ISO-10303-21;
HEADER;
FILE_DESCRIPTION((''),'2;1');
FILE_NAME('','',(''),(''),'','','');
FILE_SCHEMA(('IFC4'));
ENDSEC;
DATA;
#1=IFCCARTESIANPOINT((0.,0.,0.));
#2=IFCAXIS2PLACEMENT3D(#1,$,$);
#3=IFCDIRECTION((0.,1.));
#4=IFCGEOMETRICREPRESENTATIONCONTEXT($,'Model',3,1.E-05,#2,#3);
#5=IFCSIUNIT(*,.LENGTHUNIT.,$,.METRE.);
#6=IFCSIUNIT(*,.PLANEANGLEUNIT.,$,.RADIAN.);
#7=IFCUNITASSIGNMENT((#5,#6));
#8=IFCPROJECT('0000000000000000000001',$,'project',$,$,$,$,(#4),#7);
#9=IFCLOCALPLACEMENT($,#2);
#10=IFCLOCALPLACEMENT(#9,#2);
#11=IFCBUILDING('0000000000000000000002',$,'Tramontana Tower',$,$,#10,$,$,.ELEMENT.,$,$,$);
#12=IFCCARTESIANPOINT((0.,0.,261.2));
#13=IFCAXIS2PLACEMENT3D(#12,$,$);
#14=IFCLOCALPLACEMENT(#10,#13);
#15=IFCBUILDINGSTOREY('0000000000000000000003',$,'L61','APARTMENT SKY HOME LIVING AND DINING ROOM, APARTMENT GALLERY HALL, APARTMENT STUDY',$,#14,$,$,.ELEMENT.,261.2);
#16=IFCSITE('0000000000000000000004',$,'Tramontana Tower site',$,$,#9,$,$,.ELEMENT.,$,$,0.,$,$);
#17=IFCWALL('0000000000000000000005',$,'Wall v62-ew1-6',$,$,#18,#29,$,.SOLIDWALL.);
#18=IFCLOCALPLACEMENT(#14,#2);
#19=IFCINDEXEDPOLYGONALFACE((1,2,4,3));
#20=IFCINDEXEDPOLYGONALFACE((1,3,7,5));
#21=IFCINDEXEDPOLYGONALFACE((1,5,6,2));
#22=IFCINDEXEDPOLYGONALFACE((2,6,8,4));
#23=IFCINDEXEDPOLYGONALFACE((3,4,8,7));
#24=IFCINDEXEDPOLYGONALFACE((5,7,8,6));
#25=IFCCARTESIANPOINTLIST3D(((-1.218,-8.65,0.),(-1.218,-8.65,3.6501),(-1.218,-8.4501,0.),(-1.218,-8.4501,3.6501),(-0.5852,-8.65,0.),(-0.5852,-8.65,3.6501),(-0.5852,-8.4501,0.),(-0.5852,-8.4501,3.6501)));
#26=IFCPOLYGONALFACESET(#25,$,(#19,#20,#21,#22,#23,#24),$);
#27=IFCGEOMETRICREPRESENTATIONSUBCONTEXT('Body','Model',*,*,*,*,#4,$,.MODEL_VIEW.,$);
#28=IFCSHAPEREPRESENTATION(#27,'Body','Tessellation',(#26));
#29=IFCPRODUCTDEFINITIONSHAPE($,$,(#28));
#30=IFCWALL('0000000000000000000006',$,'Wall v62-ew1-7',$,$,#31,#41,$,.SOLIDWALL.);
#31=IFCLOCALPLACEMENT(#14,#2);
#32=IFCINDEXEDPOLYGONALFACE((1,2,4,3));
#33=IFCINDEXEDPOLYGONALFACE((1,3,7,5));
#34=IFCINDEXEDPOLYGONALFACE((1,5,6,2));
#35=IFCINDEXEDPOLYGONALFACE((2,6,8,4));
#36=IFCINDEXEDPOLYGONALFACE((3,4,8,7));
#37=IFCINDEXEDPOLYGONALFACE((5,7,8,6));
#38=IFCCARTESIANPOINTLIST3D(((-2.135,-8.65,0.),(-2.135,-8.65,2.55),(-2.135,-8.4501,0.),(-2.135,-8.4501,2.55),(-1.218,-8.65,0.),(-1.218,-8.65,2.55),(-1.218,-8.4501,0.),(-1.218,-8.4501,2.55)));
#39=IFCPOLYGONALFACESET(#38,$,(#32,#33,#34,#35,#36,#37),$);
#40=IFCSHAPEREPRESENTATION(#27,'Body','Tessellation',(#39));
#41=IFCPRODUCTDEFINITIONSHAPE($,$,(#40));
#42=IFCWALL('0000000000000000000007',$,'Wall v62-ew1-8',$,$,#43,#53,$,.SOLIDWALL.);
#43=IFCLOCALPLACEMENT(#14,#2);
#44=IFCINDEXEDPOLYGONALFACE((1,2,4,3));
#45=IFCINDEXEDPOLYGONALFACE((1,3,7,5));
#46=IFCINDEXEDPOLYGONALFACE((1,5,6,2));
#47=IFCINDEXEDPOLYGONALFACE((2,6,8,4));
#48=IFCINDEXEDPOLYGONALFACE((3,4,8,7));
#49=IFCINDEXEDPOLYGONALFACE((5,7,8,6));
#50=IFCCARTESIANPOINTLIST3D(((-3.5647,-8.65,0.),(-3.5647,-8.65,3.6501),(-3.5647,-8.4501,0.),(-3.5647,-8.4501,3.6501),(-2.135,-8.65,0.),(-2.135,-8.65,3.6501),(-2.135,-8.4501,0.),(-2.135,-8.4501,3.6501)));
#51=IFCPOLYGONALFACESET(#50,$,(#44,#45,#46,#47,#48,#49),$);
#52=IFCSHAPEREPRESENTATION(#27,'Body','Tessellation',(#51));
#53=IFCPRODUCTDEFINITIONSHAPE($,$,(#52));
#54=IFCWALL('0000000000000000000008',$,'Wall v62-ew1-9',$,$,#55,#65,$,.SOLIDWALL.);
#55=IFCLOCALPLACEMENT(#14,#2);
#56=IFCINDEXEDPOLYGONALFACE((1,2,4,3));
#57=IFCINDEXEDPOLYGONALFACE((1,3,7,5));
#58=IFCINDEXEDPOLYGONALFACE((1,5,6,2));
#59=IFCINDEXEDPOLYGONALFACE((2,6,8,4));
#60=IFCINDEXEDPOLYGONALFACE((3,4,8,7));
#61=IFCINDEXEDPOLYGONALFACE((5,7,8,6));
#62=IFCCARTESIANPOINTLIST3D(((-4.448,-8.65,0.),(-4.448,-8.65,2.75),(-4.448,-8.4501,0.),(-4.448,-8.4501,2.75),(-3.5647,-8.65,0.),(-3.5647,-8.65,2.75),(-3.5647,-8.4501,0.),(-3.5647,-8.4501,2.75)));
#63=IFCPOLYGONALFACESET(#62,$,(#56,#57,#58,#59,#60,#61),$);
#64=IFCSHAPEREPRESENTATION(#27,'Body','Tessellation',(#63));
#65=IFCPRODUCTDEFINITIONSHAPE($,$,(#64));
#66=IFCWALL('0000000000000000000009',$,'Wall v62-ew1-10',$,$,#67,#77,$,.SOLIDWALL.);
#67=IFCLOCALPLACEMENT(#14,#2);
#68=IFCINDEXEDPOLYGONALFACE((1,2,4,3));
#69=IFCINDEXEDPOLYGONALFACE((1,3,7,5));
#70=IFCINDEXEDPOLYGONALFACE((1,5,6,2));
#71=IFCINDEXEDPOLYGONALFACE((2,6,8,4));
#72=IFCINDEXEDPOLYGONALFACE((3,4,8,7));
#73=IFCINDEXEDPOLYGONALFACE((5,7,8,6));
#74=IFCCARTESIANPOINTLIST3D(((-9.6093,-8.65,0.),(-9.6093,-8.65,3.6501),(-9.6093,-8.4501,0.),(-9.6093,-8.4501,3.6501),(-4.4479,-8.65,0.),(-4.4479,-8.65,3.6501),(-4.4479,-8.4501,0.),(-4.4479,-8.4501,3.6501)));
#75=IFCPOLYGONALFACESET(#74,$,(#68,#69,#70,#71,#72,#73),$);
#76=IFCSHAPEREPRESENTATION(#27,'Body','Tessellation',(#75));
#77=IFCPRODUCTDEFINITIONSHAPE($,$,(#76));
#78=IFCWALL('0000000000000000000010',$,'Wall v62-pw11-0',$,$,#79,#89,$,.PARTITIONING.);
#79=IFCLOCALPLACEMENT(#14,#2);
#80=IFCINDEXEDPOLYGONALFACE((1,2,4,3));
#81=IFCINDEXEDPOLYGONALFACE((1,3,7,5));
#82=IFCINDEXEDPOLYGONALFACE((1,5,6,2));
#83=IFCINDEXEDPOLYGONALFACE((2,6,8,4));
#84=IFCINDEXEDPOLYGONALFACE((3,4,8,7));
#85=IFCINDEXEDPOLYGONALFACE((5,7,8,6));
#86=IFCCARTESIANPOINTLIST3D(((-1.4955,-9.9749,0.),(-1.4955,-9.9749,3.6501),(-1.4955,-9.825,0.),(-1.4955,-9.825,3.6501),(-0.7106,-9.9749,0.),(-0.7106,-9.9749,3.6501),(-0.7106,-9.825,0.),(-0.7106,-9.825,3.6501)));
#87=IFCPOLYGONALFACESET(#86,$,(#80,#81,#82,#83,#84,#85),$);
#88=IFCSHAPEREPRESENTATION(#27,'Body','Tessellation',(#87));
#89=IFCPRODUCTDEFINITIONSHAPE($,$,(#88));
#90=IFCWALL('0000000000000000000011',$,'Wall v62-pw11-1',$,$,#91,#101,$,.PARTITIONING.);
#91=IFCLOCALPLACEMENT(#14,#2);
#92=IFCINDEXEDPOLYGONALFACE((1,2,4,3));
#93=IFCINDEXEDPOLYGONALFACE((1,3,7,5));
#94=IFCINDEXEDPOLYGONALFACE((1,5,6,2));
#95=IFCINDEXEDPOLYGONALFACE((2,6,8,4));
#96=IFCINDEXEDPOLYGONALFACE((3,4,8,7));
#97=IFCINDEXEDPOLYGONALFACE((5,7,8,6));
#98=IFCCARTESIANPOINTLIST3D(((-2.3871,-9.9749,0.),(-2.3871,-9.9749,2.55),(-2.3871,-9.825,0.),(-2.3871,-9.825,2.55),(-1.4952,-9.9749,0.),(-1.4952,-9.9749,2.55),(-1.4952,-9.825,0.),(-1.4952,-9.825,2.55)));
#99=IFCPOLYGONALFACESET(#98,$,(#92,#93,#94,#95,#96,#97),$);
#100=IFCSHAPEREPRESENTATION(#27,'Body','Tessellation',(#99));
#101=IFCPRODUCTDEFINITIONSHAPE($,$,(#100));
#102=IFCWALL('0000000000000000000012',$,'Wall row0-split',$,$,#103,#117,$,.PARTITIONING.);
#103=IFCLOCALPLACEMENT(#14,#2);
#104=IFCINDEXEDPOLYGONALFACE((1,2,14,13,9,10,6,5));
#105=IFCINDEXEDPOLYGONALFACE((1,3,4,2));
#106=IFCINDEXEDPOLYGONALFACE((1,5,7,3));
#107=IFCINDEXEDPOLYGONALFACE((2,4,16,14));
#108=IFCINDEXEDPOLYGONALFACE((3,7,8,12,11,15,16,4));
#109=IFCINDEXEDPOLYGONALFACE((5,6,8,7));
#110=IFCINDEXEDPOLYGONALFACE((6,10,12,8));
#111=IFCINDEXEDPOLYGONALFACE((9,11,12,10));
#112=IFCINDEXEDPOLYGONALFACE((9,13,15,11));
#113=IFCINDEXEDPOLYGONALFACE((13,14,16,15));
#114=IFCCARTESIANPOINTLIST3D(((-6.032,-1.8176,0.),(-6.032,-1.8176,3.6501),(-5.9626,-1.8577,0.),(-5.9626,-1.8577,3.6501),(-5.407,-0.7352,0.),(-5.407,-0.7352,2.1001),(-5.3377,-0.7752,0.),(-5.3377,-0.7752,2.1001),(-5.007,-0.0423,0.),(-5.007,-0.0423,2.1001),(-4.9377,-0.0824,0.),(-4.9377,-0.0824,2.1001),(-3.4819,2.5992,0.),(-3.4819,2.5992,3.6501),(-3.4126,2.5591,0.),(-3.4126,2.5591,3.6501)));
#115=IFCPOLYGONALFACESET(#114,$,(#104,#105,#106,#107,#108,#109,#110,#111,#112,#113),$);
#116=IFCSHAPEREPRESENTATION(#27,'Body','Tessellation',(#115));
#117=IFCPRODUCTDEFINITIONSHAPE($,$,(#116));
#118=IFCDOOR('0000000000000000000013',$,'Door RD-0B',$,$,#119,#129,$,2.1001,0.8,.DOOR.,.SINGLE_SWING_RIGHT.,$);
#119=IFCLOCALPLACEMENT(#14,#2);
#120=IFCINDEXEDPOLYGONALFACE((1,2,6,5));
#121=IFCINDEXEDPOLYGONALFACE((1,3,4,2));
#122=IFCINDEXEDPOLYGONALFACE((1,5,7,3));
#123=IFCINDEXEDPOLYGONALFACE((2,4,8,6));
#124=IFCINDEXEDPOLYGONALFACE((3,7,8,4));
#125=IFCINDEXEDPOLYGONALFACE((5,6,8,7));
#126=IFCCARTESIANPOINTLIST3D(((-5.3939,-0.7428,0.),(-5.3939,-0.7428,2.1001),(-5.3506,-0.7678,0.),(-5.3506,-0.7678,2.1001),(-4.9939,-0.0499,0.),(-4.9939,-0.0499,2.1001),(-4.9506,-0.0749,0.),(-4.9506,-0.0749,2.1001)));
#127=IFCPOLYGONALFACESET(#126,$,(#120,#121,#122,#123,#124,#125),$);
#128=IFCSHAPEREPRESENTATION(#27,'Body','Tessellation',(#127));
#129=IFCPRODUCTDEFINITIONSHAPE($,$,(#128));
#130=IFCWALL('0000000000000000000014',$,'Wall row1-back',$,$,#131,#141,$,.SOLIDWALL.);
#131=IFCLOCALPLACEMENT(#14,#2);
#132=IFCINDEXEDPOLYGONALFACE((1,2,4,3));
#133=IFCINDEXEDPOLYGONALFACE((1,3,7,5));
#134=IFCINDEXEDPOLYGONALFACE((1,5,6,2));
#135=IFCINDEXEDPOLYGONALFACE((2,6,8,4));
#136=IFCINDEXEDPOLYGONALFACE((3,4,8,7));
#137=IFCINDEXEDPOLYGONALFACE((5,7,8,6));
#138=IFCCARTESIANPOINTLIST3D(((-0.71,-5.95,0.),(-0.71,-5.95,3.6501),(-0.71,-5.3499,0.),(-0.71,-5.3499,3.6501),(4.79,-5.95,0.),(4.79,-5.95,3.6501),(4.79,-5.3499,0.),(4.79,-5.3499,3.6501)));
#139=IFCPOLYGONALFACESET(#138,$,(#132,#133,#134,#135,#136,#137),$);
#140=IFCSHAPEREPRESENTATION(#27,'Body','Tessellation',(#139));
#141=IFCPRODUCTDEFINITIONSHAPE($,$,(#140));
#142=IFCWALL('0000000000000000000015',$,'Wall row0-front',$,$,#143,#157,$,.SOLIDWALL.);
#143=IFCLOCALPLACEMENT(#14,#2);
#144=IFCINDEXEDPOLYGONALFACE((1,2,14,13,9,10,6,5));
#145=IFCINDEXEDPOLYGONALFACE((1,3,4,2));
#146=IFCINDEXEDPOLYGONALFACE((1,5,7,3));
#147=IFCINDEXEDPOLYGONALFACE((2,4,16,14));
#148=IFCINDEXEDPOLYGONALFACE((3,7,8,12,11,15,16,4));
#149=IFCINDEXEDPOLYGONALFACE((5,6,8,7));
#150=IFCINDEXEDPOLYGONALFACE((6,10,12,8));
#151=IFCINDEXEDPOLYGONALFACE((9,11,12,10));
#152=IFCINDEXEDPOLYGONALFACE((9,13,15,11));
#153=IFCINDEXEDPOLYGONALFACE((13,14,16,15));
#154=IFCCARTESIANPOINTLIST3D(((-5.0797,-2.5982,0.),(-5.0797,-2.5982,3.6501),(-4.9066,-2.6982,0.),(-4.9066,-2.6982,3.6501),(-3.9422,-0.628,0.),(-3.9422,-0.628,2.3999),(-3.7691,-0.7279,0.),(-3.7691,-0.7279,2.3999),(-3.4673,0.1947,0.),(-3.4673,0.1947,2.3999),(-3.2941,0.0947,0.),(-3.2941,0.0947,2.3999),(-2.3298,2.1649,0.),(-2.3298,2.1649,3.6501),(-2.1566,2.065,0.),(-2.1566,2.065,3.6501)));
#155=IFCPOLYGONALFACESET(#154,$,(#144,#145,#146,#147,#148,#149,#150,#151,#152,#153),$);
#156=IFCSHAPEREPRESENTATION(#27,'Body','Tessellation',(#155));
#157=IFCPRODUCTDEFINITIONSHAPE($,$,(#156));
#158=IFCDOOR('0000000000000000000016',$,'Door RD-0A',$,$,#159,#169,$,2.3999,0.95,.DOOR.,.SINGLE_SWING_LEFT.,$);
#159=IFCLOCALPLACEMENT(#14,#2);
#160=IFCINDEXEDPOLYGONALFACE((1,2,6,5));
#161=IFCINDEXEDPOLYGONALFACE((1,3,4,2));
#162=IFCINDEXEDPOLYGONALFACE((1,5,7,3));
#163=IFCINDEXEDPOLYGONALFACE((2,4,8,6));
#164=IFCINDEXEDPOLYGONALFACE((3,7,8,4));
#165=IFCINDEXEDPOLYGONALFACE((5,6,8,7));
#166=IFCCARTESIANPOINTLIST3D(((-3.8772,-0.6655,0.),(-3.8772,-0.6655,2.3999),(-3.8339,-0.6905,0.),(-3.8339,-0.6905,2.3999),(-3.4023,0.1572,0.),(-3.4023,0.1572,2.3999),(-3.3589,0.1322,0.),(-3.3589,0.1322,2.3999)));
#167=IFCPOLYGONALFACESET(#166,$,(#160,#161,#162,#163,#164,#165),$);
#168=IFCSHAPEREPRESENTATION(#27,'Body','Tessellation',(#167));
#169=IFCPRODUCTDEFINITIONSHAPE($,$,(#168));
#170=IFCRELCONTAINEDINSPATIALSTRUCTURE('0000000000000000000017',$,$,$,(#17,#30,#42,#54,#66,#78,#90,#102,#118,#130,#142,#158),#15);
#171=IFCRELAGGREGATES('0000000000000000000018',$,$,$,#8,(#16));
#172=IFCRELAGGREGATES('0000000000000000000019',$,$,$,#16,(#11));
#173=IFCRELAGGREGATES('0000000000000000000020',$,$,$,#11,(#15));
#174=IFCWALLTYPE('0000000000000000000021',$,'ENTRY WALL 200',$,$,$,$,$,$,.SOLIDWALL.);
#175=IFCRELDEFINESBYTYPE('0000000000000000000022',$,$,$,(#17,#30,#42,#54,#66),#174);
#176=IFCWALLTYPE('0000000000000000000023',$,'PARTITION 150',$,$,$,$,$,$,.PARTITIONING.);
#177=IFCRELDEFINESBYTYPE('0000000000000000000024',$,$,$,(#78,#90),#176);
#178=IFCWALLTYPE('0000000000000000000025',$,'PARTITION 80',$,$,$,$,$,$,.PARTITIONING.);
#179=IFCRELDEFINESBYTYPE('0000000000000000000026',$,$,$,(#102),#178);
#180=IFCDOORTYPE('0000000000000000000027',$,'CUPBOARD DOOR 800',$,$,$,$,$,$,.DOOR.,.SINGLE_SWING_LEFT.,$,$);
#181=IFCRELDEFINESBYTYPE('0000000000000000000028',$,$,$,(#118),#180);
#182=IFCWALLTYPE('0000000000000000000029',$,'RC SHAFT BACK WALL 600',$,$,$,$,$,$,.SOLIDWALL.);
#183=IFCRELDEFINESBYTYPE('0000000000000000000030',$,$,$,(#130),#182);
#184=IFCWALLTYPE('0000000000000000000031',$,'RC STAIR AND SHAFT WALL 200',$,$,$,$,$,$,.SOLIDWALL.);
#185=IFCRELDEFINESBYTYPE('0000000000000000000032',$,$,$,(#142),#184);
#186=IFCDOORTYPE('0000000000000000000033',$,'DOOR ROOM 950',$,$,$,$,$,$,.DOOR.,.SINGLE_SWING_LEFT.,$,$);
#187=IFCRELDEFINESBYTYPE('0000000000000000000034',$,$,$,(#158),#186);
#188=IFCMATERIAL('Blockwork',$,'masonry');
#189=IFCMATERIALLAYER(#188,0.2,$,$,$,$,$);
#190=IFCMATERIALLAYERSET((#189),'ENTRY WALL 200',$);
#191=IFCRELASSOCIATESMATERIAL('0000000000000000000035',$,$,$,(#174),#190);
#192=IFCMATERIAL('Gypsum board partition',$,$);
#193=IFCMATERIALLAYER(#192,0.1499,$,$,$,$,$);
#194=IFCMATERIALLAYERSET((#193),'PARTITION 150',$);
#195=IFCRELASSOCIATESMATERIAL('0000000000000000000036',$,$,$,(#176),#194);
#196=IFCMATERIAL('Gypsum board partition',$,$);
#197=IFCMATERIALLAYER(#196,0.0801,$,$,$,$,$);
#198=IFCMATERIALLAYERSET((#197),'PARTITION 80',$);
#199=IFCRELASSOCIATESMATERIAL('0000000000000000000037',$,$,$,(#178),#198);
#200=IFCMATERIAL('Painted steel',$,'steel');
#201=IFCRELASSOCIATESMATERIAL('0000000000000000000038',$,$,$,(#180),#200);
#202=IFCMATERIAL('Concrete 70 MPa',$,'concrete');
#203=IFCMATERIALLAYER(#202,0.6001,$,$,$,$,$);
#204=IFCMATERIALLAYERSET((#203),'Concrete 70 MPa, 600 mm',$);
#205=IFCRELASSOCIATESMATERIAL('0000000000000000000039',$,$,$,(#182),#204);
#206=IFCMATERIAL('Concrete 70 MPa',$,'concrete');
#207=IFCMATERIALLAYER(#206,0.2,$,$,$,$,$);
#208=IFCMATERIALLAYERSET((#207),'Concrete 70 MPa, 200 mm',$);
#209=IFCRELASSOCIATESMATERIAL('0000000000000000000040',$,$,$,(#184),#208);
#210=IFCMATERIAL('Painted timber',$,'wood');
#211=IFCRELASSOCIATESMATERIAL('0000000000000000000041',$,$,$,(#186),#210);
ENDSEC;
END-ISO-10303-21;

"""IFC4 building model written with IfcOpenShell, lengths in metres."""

from ifc_helpers import new_model, si_unit, direction, frame, frame_2d, origin, place, context, subcontext, project, spatial, rectangle, extrude, material, layer, layer_set, type_object, element, fill, save


model = new_model("IFC4")

# Units and contexts
model_context = context("Model", 3, precision=1e-05, world=origin(), true_north=direction((0.0, 1.0)))
body_context = subcontext(model_context, "Body", "Model", "MODEL_VIEW")
ifc_project = project(units=[si_unit("LENGTHUNIT", "METRE"), si_unit("PLANEANGLEUNIT", "RADIAN")], contexts=[model_context])

# Site, building, storey
site_placement = place(None, origin())
site = spatial("IfcSite", under=ifc_project, at=site_placement, Name="Tramontana Tower site", CompositionType="ELEMENT", RefElevation=0.0)
building_placement = place(site_placement, origin())
building = spatial("IfcBuilding", under=site, at=building_placement, Name="Tramontana Tower", CompositionType="ELEMENT")
storey_placement = place(building_placement, frame((0.0, 0.0, 261.2)))
storey = spatial("IfcBuildingStorey", under=building, at=storey_placement, Name="L61", Description="APARTMENT SKY HOME LIVING AND DINING ROOM, APARTMENT GALLERY HALL, APARTMENT STUDY", CompositionType="ELEMENT", Elevation=261.2)

# Shared definitions
ifc_material_1 = material(Name="Blockwork", Category="masonry")
ifc_layer_1 = layer(ifc_material_1, 0.2)
ifc_layer_set_1 = layer_set([ifc_layer_1], Name="ENTRY WALL 200")
wall_type_1 = type_object("IfcWallType", Name="ENTRY WALL 200", PredefinedType="SOLIDWALL", material=ifc_layer_set_1)

# Walls
wall_1_placement = place(storey_placement, frame((-0.5852, -8.55, 0.0), z_axis=(0.0, 0.0, 1.0), x_axis=(-1.0, 0.0, 0.0)))
element("IfcWall", 1, at=wall_1_placement, inside=storey, type_object=wall_type_1, Name="Wall v62-ew1-6", PredefinedType="SOLIDWALL", context=body_context, shape_type="SweptSolid", body=[
    extrude(rectangle(XDim=0.6328, YDim=0.2, at=frame_2d((0.3164, 0.0))), origin(), (0.0, 0.0, 1.0), 3.6501),
])
wall_2_placement = place(storey_placement, frame((-1.218, -8.55, 0.0), z_axis=(0.0, 0.0, 1.0), x_axis=(-1.0, 0.0, 0.0)))
element("IfcWall", 2, at=wall_2_placement, inside=storey, type_object=wall_type_1, Name="Wall v62-ew1-7", PredefinedType="SOLIDWALL", context=body_context, shape_type="SweptSolid", body=[
    extrude(rectangle(XDim=0.917, YDim=0.2, at=frame_2d((0.4585, 0.0))), origin(), (0.0, 0.0, 1.0), 2.55),
])
wall_3_placement = place(storey_placement, frame((-2.135, -8.55, 0.0), z_axis=(0.0, 0.0, 1.0), x_axis=(-1.0, 0.0, 0.0)))
element("IfcWall", 3, at=wall_3_placement, inside=storey, type_object=wall_type_1, Name="Wall v62-ew1-8", PredefinedType="SOLIDWALL", context=body_context, shape_type="SweptSolid", body=[
    extrude(rectangle(XDim=1.4297, YDim=0.2, at=frame_2d((0.7148, 0.0))), origin(), (0.0, 0.0, 1.0), 3.6501),
])
wall_4_placement = place(storey_placement, frame((-3.5647, -8.55, 0.0), z_axis=(0.0, 0.0, 1.0), x_axis=(-1.0, 0.0, 0.0)))
element("IfcWall", 4, at=wall_4_placement, inside=storey, type_object=wall_type_1, Name="Wall v62-ew1-9", PredefinedType="SOLIDWALL", context=body_context, shape_type="SweptSolid", body=[
    extrude(rectangle(XDim=0.8833, YDim=0.2, at=frame_2d((0.4417, 0.0))), origin(), (0.0, 0.0, 1.0), 2.75),
])
wall_5_placement = place(storey_placement, frame((-4.448, -8.55, 0.0), z_axis=(0.0, 0.0, 1.0), x_axis=(-1.0, 0.0, 0.0)))
element("IfcWall", 5, at=wall_5_placement, inside=storey, type_object=wall_type_1, Name="Wall v62-ew1-10", PredefinedType="SOLIDWALL", context=body_context, shape_type="SweptSolid", body=[
    extrude(rectangle(XDim=5.1614, YDim=0.2, at=frame_2d((2.5806, 0.0))), origin(), (0.0, 0.0, 1.0), 3.6501),
])
ifc_material_2 = material(Name="Gypsum board partition")
ifc_layer_2 = layer(ifc_material_2, 0.1499)
ifc_layer_set_2 = layer_set([ifc_layer_2], Name="PARTITION 150")
wall_type_2 = type_object("IfcWallType", Name="PARTITION 150", PredefinedType="PARTITIONING", material=ifc_layer_set_2)
wall_6_placement = place(storey_placement, frame((-0.7104, -9.8999, 0.0), z_axis=(0.0, 0.0, 1.0), x_axis=(-1.0, 0.0, 0.0)))
element("IfcWall", 6, at=wall_6_placement, inside=storey, type_object=wall_type_2, Name="Wall v62-pw11-0", PredefinedType="PARTITIONING", context=body_context, shape_type="SweptSolid", body=[
    extrude(rectangle(XDim=0.7849, YDim=0.1499, at=frame_2d((0.3926, 0.0))), origin(), (0.0, 0.0, 1.0), 3.6501),
])
wall_7_placement = place(storey_placement, frame((-1.4954, -9.8999, 0.0), z_axis=(0.0, 0.0, 1.0), x_axis=(-1.0, 0.0, 0.0)))
element("IfcWall", 7, at=wall_7_placement, inside=storey, type_object=wall_type_2, Name="Wall v62-pw11-1", PredefinedType="PARTITIONING", context=body_context, shape_type="SweptSolid", body=[
    extrude(rectangle(XDim=0.8918, YDim=0.1499, at=frame_2d((0.4458, 0.0))), origin(), (0.0, 0.0, 1.0), 2.55),
])

# Wall, opening, door
ifc_material_3 = material(Name="Gypsum board partition")
ifc_layer_3 = layer(ifc_material_3, 0.0801)
ifc_layer_set_3 = layer_set([ifc_layer_3], Name="PARTITION 80")
wall_type_3 = type_object("IfcWallType", Name="PARTITION 80", PredefinedType="PARTITIONING", material=ifc_layer_set_3)
wall_8_placement = place(storey_placement, frame((-5.9973, -1.8376, 0.0), z_axis=(0.0, 0.0, 1.0), x_axis=(0.500006, 0.866022, 0.0)))
wall_8 = element("IfcWall", 8, at=wall_8_placement, inside=storey, type_object=wall_type_3, Name="Wall row0-split", PredefinedType="PARTITIONING", context=body_context, shape_type="SweptSolid", body=[
    extrude(rectangle(XDim=5.1001, YDim=0.0801, at=frame_2d((2.55, 0.0))), origin(), (0.0, 0.0, 1.0), 3.6501),
])
opening_1_placement = place(wall_8_placement, frame((1.25, 0.0, 0.0)))
opening_1 = element("IfcOpeningElement", 9, at=opening_1_placement, cuts=wall_8, PredefinedType="OPENING", context=body_context, shape_type="SweptSolid", body=[
    extrude(rectangle(XDim=0.8, YDim=2.1001, at=frame_2d((0.3999, 1.05))), frame((0.0, 0.05, 0.0), z_axis=(0.0, -1.0, 0.0), x_axis=(1.0, 0.0, 0.0)), (0.0, 0.0, 1.0), 0.1001),
])
ifc_material_4 = material(Name="Painted steel", Category="steel")
door_type_1 = type_object("IfcDoorType", Name="CUPBOARD DOOR 800", OperationType="SINGLE_SWING_LEFT", PredefinedType="DOOR", material=ifc_material_4)
door_1_placement = place(opening_1_placement, origin())
door_1 = element("IfcDoor", 10, at=door_1_placement, inside=storey, type_object=door_type_1, Name="Door RD-0B", OperationType="SINGLE_SWING_RIGHT", OverallHeight=2.1001, OverallWidth=0.8, PredefinedType="DOOR", context=body_context, shape_type="SweptSolid", body=[
    extrude(rectangle(XDim=0.8, YDim=2.1001, at=frame_2d((0.3999, 1.05))), frame((0.0, 0.0249, 0.0), z_axis=(0.0, -1.0, 0.0), x_axis=(1.0, 0.0, 0.0)), (0.0, 0.0, 1.0), 0.05),
])
fill(opening_1, door_1)

# Wall
ifc_material_5 = material(Name="Concrete 70 MPa", Category="concrete")
ifc_layer_4 = layer(ifc_material_5, 0.6001)
ifc_layer_set_4 = layer_set([ifc_layer_4], Name="Concrete 70 MPa, 600 mm")
wall_type_4 = type_object("IfcWallType", Name="RC SHAFT BACK WALL 600", PredefinedType="SOLIDWALL", material=ifc_layer_set_4)
wall_9_placement = place(storey_placement, frame((-0.71, -5.6499, 0.0), z_axis=(0.0, 0.0, 1.0), x_axis=(1.0, 0.0, 0.0)))
element("IfcWall", 11, at=wall_9_placement, inside=storey, type_object=wall_type_4, Name="Wall row1-back", PredefinedType="SOLIDWALL", context=body_context, shape_type="SweptSolid", body=[
    extrude(rectangle(XDim=5.5, YDim=0.6001, at=frame_2d((2.75, 0.0))), origin(), (0.0, 0.0, 1.0), 3.6501),
])

# Wall, opening, door
ifc_material_6 = material(Name="Concrete 70 MPa", Category="concrete")
ifc_layer_5 = layer(ifc_material_6, 0.2)
ifc_layer_set_5 = layer_set([ifc_layer_5], Name="Concrete 70 MPa, 200 mm")
wall_type_5 = type_object("IfcWallType", Name="RC STAIR AND SHAFT WALL 200", PredefinedType="SOLIDWALL", material=ifc_layer_set_5)
wall_10_placement = place(storey_placement, frame((-4.9932, -2.6482, 0.0), z_axis=(0.0, 0.0, 1.0), x_axis=(0.499997, 0.866027, 0.0)))
wall_10 = element("IfcWall", 12, at=wall_10_placement, inside=storey, type_object=wall_type_5, Name="Wall row0-front", PredefinedType="SOLIDWALL", context=body_context, shape_type="SweptSolid", body=[
    extrude(rectangle(XDim=5.5, YDim=0.2, at=frame_2d((2.75, 0.0))), origin(), (0.0, 0.0, 1.0), 3.6501),
])
opening_2_placement = place(wall_10_placement, frame((2.2749, 0.0, 0.0)))
opening_2 = element("IfcOpeningElement", 13, at=opening_2_placement, cuts=wall_10, PredefinedType="OPENING", context=body_context, shape_type="SweptSolid", body=[
    extrude(rectangle(XDim=0.95, YDim=2.3999, at=frame_2d((0.4751, 1.2))), frame((0.0, 0.1099, 0.0), z_axis=(0.0, -1.0, 0.0), x_axis=(1.0, 0.0, 0.0)), (0.0, 0.0, 1.0), 0.22),
])
ifc_material_7 = material(Name="Painted timber", Category="wood")
door_type_2 = type_object("IfcDoorType", Name="DOOR ROOM 950", OperationType="SINGLE_SWING_LEFT", PredefinedType="DOOR", material=ifc_material_7)
door_2_placement = place(opening_2_placement, origin())
door_2 = element("IfcDoor", 14, at=door_2_placement, inside=storey, type_object=door_type_2, Name="Door RD-0A", OperationType="SINGLE_SWING_LEFT", OverallHeight=2.3999, OverallWidth=0.95, PredefinedType="DOOR", context=body_context, shape_type="SweptSolid", body=[
    extrude(rectangle(XDim=0.95, YDim=2.3999, at=frame_2d((0.4751, 1.2))), frame((0.0, 0.0249, 0.0), z_axis=(0.0, -1.0, 0.0), x_axis=(1.0, 0.0, 0.0)), (0.0, 0.0, 1.0), 0.05),
])
fill(opening_2, door_2)

save(model, "model.ifc")
